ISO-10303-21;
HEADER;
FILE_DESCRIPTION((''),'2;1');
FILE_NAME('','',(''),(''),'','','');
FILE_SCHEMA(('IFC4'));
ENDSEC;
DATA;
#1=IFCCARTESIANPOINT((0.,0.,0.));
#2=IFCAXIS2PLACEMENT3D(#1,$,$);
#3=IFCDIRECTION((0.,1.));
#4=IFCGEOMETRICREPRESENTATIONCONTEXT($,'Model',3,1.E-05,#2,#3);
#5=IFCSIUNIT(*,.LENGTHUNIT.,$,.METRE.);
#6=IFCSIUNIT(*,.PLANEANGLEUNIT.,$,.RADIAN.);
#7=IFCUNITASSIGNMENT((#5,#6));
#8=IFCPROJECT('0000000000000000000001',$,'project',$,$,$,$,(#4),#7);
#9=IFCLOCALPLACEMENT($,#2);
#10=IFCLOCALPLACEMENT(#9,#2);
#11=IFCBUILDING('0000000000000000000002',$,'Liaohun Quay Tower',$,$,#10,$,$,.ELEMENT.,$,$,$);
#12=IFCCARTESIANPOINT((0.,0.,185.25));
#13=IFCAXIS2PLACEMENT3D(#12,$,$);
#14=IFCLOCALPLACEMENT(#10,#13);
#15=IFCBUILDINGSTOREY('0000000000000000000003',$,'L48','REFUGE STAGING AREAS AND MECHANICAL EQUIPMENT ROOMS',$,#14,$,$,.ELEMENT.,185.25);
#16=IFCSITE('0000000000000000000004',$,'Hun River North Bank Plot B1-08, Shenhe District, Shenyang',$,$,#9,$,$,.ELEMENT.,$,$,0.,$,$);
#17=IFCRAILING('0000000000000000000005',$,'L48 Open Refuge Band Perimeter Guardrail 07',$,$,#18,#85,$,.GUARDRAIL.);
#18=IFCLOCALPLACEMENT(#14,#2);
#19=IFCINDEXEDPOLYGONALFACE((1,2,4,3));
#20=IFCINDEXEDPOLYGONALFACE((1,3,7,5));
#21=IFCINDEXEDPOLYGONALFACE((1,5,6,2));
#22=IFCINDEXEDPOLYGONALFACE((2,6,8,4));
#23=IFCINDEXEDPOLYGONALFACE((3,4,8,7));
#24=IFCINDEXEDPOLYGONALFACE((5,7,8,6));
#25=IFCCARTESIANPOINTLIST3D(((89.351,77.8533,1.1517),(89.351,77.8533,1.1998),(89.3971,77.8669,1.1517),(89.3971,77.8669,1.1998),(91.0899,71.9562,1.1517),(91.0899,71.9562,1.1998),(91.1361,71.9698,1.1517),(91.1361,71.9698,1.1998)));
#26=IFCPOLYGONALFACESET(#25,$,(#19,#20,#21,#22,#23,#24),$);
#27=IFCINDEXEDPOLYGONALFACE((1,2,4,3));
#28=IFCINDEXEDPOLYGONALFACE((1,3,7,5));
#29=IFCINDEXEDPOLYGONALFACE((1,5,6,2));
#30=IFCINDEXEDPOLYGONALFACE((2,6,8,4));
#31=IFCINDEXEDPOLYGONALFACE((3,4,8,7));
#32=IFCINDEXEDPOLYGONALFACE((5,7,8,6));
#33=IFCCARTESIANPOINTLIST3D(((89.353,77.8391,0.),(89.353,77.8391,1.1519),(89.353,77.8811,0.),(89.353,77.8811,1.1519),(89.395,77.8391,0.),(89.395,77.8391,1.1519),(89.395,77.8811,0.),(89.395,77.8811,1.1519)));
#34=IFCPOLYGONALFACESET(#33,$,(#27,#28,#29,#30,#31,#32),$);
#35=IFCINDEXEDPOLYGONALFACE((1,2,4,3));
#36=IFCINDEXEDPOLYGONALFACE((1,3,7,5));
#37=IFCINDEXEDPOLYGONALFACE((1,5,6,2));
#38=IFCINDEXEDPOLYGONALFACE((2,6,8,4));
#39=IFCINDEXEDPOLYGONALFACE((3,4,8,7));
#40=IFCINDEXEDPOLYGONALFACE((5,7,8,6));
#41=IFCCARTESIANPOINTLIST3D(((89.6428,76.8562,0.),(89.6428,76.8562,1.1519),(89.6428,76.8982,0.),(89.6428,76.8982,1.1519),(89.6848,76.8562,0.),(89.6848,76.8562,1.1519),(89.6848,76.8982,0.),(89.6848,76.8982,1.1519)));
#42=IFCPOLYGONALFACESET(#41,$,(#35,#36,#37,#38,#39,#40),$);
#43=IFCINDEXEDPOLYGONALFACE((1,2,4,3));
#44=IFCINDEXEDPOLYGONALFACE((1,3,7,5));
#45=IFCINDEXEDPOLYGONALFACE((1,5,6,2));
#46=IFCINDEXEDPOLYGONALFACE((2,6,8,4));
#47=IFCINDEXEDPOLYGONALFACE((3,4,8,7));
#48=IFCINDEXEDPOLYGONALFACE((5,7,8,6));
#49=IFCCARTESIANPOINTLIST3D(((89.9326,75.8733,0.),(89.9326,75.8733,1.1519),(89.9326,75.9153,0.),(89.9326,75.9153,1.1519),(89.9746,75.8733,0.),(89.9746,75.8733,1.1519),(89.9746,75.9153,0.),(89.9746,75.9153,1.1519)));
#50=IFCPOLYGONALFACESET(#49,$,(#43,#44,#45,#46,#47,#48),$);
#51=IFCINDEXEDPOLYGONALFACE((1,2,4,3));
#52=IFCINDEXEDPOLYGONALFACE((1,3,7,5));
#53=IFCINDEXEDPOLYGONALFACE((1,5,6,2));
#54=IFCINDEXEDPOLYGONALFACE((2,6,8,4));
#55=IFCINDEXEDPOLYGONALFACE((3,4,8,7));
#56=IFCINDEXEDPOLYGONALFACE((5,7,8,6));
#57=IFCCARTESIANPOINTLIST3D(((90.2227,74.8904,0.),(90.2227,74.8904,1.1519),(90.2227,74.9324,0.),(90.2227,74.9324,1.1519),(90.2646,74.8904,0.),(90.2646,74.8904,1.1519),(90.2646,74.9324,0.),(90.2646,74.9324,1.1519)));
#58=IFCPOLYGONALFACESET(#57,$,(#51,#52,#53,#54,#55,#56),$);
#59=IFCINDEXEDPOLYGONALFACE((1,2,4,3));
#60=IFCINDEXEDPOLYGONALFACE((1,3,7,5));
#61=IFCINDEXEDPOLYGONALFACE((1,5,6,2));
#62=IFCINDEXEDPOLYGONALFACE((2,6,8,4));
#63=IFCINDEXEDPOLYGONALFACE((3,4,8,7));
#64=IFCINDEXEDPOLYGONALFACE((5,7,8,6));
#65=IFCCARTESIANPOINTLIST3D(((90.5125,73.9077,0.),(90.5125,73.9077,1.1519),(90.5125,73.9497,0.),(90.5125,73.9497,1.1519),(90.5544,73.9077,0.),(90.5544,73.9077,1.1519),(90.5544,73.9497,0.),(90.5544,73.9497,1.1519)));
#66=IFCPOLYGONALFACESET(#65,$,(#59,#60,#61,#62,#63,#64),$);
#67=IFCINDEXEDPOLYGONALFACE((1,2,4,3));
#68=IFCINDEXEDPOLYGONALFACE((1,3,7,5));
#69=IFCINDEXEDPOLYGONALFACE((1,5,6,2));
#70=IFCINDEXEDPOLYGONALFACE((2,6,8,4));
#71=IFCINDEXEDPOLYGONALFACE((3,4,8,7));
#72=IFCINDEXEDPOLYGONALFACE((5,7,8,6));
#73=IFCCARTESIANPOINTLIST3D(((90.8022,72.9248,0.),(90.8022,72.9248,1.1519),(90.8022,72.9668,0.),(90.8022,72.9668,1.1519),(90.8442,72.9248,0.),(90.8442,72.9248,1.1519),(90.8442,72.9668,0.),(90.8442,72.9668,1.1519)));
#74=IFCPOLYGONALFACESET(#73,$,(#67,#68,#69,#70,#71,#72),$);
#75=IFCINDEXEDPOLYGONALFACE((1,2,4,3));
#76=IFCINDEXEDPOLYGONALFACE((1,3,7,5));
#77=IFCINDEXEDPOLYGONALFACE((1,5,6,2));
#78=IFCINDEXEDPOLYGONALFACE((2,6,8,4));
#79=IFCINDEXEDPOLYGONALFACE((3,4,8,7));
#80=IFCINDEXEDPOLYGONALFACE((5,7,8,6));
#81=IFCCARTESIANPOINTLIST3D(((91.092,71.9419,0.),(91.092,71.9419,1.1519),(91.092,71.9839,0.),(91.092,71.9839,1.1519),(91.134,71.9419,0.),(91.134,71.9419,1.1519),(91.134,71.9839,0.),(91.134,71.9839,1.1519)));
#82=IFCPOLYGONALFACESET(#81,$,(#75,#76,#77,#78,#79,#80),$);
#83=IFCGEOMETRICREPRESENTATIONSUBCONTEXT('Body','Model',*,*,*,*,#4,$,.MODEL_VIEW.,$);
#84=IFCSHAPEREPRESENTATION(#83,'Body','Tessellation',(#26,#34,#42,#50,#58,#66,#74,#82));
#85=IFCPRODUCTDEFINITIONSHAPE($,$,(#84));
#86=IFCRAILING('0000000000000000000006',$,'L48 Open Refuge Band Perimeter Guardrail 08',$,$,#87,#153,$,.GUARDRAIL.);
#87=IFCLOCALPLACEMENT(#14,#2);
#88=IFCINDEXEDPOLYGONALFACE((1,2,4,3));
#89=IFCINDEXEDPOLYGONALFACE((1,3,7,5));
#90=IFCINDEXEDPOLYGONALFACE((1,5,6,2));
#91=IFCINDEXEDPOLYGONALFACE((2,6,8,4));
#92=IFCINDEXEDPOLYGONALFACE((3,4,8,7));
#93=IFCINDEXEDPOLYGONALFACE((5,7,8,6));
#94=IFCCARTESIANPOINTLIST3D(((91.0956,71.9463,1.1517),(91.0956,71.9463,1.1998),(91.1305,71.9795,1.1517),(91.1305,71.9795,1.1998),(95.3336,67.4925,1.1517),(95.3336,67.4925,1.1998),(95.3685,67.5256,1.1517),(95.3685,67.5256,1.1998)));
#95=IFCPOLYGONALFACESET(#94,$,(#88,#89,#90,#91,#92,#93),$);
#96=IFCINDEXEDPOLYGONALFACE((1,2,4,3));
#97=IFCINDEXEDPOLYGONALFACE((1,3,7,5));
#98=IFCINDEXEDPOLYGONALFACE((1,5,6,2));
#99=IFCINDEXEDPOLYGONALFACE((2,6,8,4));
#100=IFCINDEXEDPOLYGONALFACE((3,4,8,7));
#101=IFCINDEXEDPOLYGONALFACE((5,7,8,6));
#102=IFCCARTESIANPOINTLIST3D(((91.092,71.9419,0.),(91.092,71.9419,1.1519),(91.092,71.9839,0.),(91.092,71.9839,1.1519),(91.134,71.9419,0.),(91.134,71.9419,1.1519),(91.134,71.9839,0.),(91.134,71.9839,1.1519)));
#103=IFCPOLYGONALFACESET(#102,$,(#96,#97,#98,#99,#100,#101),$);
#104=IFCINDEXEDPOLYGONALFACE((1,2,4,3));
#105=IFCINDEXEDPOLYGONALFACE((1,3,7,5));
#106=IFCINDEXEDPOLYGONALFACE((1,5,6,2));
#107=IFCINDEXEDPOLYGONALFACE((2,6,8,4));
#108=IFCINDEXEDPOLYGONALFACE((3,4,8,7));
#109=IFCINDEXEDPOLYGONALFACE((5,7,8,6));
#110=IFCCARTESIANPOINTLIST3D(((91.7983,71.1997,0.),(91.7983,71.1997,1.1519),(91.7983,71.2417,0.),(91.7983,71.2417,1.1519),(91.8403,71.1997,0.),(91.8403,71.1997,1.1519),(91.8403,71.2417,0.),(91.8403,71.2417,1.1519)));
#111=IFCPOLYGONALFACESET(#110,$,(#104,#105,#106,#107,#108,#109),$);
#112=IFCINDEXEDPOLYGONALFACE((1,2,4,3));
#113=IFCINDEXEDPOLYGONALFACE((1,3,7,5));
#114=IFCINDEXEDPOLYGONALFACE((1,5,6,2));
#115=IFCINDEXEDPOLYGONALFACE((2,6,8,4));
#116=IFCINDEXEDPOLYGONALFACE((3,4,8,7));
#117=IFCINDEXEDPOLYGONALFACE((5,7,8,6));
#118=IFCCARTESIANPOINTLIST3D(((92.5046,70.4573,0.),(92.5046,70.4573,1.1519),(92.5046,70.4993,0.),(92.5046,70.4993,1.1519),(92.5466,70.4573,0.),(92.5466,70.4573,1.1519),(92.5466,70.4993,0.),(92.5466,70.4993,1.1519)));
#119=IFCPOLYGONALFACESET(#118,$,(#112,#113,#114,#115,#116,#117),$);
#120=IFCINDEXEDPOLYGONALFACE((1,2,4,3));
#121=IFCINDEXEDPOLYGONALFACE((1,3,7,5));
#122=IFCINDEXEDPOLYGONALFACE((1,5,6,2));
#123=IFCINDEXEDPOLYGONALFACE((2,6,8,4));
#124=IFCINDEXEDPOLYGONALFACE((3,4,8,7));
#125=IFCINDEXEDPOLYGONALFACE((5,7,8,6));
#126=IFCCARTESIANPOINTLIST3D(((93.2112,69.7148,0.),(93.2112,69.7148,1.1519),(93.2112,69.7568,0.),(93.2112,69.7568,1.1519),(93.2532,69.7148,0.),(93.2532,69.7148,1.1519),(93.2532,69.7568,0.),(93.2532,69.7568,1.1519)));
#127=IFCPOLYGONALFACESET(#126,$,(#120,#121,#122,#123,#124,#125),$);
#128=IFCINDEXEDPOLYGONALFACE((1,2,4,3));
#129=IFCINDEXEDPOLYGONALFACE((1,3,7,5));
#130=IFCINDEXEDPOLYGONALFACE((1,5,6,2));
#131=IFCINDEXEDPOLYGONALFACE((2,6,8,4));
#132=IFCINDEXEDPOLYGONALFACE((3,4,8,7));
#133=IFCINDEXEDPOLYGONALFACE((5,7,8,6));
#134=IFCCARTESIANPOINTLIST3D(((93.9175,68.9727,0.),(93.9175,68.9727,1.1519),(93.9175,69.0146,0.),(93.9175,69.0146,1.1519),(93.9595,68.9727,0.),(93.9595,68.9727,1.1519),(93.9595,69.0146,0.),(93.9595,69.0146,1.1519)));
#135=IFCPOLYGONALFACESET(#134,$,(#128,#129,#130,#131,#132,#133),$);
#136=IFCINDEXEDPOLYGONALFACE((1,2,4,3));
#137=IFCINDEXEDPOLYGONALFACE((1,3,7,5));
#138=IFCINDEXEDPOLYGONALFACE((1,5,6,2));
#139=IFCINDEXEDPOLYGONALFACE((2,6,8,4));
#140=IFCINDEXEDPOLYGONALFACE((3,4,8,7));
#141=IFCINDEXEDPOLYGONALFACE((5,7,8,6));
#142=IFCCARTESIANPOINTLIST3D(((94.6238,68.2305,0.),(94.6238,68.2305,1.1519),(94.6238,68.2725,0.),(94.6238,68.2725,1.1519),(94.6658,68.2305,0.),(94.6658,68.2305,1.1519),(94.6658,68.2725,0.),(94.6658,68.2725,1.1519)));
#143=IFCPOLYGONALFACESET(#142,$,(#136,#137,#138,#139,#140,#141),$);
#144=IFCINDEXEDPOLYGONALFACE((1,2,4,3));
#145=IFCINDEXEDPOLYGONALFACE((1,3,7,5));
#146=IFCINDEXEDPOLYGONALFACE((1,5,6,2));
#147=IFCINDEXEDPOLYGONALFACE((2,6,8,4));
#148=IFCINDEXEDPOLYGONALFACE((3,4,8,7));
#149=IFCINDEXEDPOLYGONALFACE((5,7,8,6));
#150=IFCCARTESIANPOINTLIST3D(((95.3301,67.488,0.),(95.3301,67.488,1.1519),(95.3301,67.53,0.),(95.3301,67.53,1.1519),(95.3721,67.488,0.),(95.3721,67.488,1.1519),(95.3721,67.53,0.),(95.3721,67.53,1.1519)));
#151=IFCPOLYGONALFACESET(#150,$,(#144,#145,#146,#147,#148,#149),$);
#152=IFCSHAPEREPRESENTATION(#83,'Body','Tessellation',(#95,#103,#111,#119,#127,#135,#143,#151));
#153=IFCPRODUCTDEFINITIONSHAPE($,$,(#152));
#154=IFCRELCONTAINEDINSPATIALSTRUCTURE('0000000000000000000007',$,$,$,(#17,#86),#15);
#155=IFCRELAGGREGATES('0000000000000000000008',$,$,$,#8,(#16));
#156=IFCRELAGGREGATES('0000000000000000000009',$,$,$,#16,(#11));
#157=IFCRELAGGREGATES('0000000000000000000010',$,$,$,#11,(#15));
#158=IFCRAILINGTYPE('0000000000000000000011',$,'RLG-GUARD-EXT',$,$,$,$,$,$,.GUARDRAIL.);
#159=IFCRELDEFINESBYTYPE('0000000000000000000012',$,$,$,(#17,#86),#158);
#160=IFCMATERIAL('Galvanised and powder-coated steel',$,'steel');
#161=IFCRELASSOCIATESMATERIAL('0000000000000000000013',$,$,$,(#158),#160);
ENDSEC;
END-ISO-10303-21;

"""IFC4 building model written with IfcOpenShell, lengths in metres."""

from ifc_helpers import new_model, si_unit, direction, frame, origin, origin_2d, place, context, subcontext, project, spatial, rectangle, extrude, material, type_object, element, save


model = new_model("IFC4")

# Units and contexts
model_context = context("Model", 3, precision=1e-05, world=origin(), true_north=direction((0.0, 1.0)))
body_context = subcontext(model_context, "Body", "Model", "MODEL_VIEW")
ifc_project = project(units=[si_unit("LENGTHUNIT", "METRE"), si_unit("PLANEANGLEUNIT", "RADIAN")], contexts=[model_context])

# Site, building, storey
site_placement = place(None, origin())
site = spatial("IfcSite", under=ifc_project, at=site_placement, Name="Hun River North Bank Plot B1-08, Shenhe District, Shenyang", CompositionType="ELEMENT", RefElevation=0.0)
building_placement = place(site_placement, origin())
building = spatial("IfcBuilding", under=site, at=building_placement, Name="Liaohun Quay Tower", CompositionType="ELEMENT")
storey_placement = place(building_placement, frame((0.0, 0.0, 185.25)))
storey = spatial("IfcBuildingStorey", under=building, at=storey_placement, Name="L48", Description="REFUGE STAGING AREAS AND MECHANICAL EQUIPMENT ROOMS", CompositionType="ELEMENT", Elevation=185.25)

# Railings
ifc_material_1 = material(Name="Galvanised and powder-coated steel", Category="steel")
railing_type = type_object("IfcRailingType", Name="RLG-GUARD-EXT", PredefinedType="GUARDRAIL", material=ifc_material_1)
railing_1_placement = place(storey_placement, frame((89.374, 77.8601, 0.0)))
element("IfcRailing", 1, at=railing_1_placement, inside=storey, type_object=railing_type, Name="L48 Open Refuge Band Perimeter Guardrail 07", PredefinedType="GUARDRAIL", context=body_context, shape_type="SweptSolid", body=[
    extrude(rectangle(XDim=0.0481, YDim=0.0481, at=origin_2d()), frame((0.0, 0.0, 1.1758), z_axis=(0.282846, -0.959165, 0.0), x_axis=(0.959165, 0.282846, 0.0)), (0.0, 0.0, 1.0), 6.1482),
    extrude(rectangle(XDim=0.042, YDim=0.042, at=origin_2d()), origin(), (0.0, 0.0, 1.0), 1.1519),
    extrude(rectangle(XDim=0.042, YDim=0.042, at=origin_2d()), frame((0.2898, -0.9829, 0.0)), (0.0, 0.0, 1.0), 1.1519),
    extrude(rectangle(XDim=0.042, YDim=0.042, at=origin_2d()), frame((0.5796, -1.9658, 0.0)), (0.0, 0.0, 1.0), 1.1519),
    extrude(rectangle(XDim=0.042, YDim=0.042, at=origin_2d()), frame((0.8696, -2.9487, 0.0)), (0.0, 0.0, 1.0), 1.1519),
    extrude(rectangle(XDim=0.042, YDim=0.042, at=origin_2d()), frame((1.1594, -3.9314, 0.0)), (0.0, 0.0, 1.0), 1.1519),
    extrude(rectangle(XDim=0.042, YDim=0.042, at=origin_2d()), frame((1.4492, -4.9143, 0.0)), (0.0, 0.0, 1.0), 1.1519),
    extrude(rectangle(XDim=0.042, YDim=0.042, at=origin_2d()), frame((1.739, -5.8972, 0.0)), (0.0, 0.0, 1.0), 1.1519),
])
railing_2_placement = place(storey_placement, frame((91.113, 71.9629, 0.0)))
element("IfcRailing", 2, at=railing_2_placement, inside=storey, type_object=railing_type, Name="L48 Open Refuge Band Perimeter Guardrail 08", PredefinedType="GUARDRAIL", context=body_context, shape_type="SweptSolid", body=[
    extrude(rectangle(XDim=0.0481, YDim=0.0481, at=origin_2d()), frame((0.0, 0.0, 1.1758), z_axis=(0.689337, -0.724441, 0.0), x_axis=(0.724441, 0.689337, 0.0)), (0.0, 0.0, 1.0), 6.1479),
    extrude(rectangle(XDim=0.042, YDim=0.042, at=origin_2d()), origin(), (0.0, 0.0, 1.0), 1.1519),
    extrude(rectangle(XDim=0.042, YDim=0.042, at=origin_2d()), frame((0.7063, -0.7422, 0.0)), (0.0, 0.0, 1.0), 1.1519),
    extrude(rectangle(XDim=0.042, YDim=0.042, at=origin_2d()), frame((1.4126, -1.4846, 0.0)), (0.0, 0.0, 1.0), 1.1519),
    extrude(rectangle(XDim=0.042, YDim=0.042, at=origin_2d()), frame((2.1191, -2.2271, 0.0)), (0.0, 0.0, 1.0), 1.1519),
    extrude(rectangle(XDim=0.042, YDim=0.042, at=origin_2d()), frame((2.8254, -2.9692, 0.0)), (0.0, 0.0, 1.0), 1.1519),
    extrude(rectangle(XDim=0.042, YDim=0.042, at=origin_2d()), frame((3.5317, -3.7114, 0.0)), (0.0, 0.0, 1.0), 1.1519),
    extrude(rectangle(XDim=0.042, YDim=0.042, at=origin_2d()), frame((4.238, -4.4539, 0.0)), (0.0, 0.0, 1.0), 1.1519),
])

save(model, "model.ifc")
